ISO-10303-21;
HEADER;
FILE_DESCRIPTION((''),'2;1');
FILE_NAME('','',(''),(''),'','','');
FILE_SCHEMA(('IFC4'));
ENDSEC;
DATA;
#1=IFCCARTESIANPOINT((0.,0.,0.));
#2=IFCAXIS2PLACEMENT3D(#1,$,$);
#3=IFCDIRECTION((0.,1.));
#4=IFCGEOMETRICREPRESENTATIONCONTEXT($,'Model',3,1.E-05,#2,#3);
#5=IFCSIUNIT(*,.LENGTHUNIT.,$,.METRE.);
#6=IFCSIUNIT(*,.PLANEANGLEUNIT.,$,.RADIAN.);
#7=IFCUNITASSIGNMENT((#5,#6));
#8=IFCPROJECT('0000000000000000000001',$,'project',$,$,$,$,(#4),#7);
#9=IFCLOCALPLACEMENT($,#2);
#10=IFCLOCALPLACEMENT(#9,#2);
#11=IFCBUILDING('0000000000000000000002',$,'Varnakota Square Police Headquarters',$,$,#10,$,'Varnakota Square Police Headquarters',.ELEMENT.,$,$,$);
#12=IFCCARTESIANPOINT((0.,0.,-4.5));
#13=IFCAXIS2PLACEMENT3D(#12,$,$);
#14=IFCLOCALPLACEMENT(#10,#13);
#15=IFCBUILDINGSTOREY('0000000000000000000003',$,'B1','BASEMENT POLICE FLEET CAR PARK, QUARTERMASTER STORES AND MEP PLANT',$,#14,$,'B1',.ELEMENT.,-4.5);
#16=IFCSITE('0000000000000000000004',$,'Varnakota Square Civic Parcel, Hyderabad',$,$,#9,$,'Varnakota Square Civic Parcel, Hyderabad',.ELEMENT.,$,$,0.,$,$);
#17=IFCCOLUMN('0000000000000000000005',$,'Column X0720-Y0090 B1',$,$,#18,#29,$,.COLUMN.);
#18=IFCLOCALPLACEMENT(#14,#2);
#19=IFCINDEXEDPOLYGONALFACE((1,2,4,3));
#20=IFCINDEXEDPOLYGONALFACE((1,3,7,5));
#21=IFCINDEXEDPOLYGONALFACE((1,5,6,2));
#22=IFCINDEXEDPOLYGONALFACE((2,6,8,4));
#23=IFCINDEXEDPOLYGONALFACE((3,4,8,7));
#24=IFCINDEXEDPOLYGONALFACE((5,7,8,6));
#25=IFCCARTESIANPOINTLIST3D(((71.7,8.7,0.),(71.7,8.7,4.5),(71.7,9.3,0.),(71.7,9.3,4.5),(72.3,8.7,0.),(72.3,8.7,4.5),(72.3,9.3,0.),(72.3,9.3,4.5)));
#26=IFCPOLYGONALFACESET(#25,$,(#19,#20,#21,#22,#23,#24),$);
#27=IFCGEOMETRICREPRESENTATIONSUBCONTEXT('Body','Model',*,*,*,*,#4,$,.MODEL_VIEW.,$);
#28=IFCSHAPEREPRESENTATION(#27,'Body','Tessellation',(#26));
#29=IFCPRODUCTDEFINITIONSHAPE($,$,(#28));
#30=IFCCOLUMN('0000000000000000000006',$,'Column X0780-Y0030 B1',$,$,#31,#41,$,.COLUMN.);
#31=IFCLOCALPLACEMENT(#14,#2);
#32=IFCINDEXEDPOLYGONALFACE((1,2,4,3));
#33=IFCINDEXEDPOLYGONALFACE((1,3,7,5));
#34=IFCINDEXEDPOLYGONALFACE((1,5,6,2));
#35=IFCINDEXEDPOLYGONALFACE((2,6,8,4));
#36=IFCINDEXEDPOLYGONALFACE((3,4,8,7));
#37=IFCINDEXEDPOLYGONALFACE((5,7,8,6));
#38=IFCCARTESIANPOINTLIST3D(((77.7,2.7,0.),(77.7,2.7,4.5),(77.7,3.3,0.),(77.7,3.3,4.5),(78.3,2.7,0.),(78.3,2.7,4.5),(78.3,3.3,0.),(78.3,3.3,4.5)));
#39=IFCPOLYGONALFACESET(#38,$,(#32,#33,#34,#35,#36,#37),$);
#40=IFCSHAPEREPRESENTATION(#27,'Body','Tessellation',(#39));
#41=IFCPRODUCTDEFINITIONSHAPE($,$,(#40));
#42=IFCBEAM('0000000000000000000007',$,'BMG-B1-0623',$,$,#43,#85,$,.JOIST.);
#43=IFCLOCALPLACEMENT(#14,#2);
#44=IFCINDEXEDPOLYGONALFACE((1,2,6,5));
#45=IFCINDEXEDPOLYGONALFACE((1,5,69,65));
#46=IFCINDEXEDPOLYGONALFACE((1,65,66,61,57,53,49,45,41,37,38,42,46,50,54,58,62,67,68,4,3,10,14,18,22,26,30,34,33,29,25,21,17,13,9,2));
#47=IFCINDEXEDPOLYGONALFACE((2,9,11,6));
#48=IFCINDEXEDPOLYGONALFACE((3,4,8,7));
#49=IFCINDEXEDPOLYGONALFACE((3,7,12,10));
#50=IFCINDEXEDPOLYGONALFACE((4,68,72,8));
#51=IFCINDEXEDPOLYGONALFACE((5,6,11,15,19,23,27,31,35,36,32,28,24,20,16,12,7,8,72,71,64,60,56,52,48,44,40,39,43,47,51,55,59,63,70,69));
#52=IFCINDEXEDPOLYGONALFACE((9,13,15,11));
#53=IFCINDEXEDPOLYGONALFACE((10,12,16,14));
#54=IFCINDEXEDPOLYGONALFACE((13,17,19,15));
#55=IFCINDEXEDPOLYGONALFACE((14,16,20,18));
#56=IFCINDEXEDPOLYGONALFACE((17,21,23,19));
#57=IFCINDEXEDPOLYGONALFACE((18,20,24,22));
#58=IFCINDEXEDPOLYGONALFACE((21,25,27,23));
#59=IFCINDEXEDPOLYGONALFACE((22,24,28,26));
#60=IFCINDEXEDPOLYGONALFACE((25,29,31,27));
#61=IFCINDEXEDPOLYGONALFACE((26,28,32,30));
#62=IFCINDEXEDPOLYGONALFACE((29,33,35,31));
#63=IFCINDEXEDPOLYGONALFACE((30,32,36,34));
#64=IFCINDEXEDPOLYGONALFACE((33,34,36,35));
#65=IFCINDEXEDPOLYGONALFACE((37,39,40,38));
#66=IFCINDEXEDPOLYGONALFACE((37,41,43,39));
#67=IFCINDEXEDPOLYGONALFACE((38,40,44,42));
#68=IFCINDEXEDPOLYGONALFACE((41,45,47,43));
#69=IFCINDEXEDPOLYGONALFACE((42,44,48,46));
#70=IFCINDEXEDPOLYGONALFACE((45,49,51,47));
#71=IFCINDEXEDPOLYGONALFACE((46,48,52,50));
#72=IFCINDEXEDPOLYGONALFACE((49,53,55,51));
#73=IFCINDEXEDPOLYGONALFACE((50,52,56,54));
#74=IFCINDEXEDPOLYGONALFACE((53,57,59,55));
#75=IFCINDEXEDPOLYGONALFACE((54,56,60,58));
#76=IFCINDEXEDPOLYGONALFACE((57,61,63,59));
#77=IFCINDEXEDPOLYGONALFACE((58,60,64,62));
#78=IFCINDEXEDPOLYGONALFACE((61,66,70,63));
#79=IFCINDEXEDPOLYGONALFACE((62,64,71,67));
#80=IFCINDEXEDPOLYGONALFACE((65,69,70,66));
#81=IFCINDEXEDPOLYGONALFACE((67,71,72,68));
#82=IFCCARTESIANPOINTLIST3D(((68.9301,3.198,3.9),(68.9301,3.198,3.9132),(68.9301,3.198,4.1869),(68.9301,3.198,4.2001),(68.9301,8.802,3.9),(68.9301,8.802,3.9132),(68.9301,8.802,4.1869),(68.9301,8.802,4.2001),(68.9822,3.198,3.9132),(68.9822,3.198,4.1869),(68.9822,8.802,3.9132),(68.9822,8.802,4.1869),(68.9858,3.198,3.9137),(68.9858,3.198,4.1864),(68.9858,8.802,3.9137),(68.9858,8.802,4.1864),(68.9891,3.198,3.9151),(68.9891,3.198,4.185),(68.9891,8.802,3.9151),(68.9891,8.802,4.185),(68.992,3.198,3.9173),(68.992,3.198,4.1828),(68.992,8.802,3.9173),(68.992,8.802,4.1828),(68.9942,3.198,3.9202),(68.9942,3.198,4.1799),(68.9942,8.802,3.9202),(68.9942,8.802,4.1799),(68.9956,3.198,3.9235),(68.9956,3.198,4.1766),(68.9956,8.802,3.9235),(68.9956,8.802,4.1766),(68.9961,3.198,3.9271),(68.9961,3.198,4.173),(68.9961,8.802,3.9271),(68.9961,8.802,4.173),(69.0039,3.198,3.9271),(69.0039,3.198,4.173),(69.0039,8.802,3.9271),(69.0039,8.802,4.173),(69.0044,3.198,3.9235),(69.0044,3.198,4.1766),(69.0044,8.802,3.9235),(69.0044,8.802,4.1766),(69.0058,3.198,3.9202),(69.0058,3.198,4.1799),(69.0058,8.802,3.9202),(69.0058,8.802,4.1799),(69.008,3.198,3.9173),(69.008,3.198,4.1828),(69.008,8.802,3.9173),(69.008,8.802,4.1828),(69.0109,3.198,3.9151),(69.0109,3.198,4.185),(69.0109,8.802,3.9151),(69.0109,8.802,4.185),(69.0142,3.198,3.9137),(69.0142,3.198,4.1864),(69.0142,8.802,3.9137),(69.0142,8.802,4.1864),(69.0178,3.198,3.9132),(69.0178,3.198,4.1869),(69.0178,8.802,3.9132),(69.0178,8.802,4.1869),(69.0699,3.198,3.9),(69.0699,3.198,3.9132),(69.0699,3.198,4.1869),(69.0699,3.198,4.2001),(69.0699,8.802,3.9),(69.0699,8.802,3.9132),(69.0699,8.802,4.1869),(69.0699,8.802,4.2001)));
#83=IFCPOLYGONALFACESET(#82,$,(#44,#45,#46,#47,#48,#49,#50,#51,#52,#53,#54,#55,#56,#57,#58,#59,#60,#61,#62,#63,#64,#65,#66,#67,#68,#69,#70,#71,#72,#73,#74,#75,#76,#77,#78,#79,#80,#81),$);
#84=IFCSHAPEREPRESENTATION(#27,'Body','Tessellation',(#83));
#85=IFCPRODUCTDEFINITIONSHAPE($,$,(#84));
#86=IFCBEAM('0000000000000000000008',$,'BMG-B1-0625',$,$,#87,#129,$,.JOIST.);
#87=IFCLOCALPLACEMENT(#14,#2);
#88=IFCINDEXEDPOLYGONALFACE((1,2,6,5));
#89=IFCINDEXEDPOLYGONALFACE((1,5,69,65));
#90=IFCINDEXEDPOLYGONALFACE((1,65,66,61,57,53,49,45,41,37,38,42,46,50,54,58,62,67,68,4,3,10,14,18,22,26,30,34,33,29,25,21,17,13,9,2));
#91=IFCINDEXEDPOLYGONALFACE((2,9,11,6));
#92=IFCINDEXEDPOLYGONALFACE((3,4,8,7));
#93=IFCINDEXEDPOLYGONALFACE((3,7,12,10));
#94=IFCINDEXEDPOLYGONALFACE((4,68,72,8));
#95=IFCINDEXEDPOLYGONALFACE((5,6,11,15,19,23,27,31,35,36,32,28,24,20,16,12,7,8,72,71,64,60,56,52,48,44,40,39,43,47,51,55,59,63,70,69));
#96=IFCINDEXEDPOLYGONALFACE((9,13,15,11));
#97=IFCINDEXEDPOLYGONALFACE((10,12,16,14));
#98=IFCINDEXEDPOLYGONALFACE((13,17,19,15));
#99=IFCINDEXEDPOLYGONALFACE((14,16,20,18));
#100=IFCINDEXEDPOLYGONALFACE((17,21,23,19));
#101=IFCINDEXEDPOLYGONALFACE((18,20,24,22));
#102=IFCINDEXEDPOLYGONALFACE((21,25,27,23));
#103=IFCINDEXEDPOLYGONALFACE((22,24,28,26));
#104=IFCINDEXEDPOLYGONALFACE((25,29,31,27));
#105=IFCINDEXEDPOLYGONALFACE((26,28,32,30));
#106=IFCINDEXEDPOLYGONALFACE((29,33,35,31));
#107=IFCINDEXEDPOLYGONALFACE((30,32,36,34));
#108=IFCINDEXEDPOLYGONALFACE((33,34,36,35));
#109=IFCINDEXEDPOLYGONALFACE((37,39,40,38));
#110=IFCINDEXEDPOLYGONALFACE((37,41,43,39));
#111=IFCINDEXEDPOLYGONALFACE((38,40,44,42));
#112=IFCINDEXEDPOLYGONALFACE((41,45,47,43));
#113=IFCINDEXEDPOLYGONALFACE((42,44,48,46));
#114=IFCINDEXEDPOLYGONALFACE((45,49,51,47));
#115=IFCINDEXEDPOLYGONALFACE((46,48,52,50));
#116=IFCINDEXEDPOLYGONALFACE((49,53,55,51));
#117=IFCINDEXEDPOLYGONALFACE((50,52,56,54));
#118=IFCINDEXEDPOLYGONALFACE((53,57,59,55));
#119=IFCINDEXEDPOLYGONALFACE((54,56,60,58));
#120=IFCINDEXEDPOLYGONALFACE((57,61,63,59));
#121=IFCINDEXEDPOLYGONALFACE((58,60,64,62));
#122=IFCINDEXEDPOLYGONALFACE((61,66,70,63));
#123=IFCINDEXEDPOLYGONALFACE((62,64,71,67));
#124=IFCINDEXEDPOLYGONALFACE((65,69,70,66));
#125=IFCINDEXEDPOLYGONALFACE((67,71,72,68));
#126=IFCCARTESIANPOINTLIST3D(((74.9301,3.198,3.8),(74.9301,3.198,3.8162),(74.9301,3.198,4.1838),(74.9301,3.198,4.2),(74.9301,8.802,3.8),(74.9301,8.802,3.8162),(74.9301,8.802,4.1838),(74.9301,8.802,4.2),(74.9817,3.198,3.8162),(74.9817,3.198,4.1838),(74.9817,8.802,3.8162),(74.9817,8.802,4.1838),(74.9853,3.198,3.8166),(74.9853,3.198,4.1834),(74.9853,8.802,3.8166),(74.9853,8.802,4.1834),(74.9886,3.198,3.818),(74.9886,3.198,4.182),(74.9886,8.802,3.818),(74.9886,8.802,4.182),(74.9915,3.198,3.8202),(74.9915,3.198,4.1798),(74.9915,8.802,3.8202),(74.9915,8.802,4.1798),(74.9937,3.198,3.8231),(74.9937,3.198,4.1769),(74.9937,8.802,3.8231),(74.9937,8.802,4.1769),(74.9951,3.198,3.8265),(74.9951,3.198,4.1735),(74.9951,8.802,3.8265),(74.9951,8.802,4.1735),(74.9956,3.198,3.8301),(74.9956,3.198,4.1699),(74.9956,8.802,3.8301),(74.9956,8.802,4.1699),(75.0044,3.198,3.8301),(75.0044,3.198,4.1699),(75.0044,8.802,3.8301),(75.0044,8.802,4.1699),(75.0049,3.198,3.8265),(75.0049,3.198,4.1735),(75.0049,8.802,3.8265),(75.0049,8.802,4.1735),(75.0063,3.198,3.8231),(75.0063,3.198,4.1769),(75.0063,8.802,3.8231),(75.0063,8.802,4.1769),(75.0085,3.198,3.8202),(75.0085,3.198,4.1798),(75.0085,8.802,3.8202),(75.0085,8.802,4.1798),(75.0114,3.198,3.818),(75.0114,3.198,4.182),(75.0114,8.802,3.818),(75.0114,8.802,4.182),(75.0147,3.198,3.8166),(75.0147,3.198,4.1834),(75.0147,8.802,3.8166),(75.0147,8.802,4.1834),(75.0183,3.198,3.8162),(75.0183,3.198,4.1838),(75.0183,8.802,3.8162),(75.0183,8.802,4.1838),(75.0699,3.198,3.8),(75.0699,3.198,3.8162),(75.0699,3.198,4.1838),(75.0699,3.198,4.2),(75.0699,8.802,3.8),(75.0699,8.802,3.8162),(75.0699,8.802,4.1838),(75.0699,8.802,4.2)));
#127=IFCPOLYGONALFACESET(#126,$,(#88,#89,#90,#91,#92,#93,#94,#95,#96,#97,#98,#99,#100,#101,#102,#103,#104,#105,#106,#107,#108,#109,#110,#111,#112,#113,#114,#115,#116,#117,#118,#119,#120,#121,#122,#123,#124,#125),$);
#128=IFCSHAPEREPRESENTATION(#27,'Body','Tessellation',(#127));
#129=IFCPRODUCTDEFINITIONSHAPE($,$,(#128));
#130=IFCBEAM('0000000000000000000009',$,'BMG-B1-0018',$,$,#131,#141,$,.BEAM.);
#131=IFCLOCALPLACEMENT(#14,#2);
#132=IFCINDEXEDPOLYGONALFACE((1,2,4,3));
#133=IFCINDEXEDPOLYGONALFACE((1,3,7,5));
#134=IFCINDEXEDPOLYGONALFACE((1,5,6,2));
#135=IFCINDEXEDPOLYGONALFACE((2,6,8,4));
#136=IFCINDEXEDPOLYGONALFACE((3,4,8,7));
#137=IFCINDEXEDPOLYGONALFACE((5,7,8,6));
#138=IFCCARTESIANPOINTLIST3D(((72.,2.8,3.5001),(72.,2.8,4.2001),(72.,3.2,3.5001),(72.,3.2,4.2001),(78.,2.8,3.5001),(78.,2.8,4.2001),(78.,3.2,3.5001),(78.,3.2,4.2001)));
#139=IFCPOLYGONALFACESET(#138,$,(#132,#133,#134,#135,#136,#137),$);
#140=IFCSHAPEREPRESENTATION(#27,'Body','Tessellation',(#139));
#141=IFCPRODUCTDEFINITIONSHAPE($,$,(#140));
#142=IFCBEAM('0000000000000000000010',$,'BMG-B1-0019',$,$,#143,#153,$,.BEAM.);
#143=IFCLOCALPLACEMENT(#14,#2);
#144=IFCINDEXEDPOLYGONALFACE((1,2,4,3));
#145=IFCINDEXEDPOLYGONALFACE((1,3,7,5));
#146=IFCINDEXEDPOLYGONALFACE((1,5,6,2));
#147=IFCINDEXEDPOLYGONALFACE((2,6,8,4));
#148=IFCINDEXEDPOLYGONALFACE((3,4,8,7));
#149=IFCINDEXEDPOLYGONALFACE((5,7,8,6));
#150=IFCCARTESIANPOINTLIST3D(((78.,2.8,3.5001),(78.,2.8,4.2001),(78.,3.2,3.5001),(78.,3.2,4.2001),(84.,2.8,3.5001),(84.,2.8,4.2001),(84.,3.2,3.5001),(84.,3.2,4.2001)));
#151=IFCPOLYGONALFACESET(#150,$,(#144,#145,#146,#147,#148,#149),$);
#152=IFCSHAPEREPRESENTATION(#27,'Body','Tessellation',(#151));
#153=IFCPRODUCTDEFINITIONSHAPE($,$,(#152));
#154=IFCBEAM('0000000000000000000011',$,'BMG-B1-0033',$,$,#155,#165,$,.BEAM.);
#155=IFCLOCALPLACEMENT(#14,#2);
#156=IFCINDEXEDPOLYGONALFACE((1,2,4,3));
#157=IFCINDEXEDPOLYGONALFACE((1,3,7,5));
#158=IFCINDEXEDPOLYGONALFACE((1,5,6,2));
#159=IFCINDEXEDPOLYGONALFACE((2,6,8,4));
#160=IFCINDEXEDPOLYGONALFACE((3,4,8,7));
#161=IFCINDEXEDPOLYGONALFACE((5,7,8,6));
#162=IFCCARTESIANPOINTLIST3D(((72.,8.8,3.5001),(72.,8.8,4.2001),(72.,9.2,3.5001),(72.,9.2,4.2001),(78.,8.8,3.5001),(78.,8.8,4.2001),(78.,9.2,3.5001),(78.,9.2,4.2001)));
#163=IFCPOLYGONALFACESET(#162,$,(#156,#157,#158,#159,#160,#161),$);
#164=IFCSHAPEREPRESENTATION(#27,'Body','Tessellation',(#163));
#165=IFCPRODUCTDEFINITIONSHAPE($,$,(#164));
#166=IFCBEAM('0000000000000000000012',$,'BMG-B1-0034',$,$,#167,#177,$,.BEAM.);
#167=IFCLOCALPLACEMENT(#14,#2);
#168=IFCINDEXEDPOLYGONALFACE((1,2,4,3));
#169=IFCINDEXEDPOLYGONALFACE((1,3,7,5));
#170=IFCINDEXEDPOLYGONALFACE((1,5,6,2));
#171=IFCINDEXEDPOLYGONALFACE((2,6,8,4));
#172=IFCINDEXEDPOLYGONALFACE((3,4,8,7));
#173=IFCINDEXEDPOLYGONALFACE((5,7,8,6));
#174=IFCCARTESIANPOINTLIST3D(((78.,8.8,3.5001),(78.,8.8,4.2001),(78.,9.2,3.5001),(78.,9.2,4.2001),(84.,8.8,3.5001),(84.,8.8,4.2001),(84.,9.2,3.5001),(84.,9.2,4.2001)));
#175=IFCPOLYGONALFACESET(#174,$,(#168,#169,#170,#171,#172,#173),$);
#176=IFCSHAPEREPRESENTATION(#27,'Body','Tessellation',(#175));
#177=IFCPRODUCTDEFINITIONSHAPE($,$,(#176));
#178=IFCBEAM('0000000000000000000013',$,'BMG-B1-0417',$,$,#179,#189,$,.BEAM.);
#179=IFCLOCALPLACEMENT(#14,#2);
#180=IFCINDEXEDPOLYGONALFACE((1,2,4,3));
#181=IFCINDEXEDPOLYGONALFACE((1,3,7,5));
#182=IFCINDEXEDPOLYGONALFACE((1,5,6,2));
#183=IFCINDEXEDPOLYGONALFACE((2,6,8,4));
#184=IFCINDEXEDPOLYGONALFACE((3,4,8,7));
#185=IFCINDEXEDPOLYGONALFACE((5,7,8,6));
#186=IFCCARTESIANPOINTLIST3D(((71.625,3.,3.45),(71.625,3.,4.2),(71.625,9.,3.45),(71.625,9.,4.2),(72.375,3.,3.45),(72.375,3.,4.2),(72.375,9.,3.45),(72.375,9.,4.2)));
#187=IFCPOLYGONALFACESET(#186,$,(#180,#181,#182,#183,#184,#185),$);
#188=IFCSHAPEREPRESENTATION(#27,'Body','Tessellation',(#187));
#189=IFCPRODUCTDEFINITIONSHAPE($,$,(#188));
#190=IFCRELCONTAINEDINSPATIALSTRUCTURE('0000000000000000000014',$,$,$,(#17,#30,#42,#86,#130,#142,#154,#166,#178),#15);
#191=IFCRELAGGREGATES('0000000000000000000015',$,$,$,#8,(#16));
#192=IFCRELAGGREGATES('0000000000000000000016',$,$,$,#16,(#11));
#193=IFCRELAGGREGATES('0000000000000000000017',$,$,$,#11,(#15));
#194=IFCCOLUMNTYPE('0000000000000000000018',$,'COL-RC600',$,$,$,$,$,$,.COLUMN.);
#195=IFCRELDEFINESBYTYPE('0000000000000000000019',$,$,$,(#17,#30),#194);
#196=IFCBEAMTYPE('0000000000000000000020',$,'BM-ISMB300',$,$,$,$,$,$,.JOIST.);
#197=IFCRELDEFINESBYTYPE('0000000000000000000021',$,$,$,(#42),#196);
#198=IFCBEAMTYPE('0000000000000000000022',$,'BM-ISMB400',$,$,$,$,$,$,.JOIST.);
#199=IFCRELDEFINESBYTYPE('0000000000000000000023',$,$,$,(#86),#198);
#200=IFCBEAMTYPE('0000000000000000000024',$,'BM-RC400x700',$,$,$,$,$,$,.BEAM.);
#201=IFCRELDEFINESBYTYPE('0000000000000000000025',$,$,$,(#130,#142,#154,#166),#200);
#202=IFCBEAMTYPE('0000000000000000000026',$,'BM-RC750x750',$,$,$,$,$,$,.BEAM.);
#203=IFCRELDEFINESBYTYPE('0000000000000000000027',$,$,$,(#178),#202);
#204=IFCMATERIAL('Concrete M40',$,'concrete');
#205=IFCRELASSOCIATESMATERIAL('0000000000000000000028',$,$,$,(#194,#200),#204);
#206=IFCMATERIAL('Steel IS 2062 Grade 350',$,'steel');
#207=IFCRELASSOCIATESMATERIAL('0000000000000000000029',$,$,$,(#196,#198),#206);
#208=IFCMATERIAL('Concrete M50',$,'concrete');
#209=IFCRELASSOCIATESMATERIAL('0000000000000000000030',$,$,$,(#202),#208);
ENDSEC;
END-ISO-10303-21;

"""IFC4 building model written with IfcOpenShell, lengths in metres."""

from ifc_helpers import new_model, si_unit, direction, frame, origin, origin_2d, place, context, subcontext, project, spatial, rectangle, i_section, extrude, material, material_profile, profile_set, type_object, element, save


model = new_model("IFC4")

# Units and contexts
model_context = context("Model", 3, precision=1e-05, world=origin(), true_north=direction((0.0, 1.0)))
body_context = subcontext(model_context, "Body", "Model", "MODEL_VIEW")
ifc_project = project(units=[si_unit("LENGTHUNIT", "METRE"), si_unit("PLANEANGLEUNIT", "RADIAN")], contexts=[model_context])

# Site, building, storey
site_placement = place(None, origin())
site = spatial("IfcSite", under=ifc_project, at=site_placement, Name="Varnakota Square Civic Parcel, Hyderabad", LongName="Varnakota Square Civic Parcel, Hyderabad", CompositionType="ELEMENT", RefElevation=0.0)
building_placement = place(site_placement, origin())
building = spatial("IfcBuilding", under=site, at=building_placement, Name="Varnakota Square Police Headquarters", LongName="Varnakota Square Police Headquarters", CompositionType="ELEMENT")
storey_placement = place(building_placement, frame((0.0, 0.0, -4.5)))
storey = spatial("IfcBuildingStorey", under=building, at=storey_placement, Name="B1", Description="BASEMENT POLICE FLEET CAR PARK, QUARTERMASTER STORES AND MEP PLANT", LongName="B1", CompositionType="ELEMENT", Elevation=-4.5)

# Shared definitions
ifc_material_1 = material(Name="Concrete M40", Category="concrete")

# Columns
ifc_material_profile_1 = material_profile(ifc_material_1, rectangle(XDim=0.6001, YDim=0.6001, at=origin_2d()), Name="RC 600x600")
ifc_profile_set_1 = profile_set([ifc_material_profile_1], Name="Concrete M40")
column_type_1 = type_object("IfcColumnType", Name="COL-RC600", PredefinedType="COLUMN", material=ifc_profile_set_1)
for number, where, z_axis, x_axis, name in (
    (1, (72.0, 9.0, 0.0), (0.0, 0.0, 1.0), (1.0, 0.0, 0.0), "Column X0720-Y0090 B1"),
    (2, (78.0, 3.0, 0.0), (0.0, 0.0, 1.0), (1.0, 0.0, 0.0), "Column X0780-Y0030 B1"),
):
    element("IfcColumn", number, at=place(storey_placement, frame(where, z_axis=z_axis, x_axis=x_axis)), inside=storey, type_object=column_type_1, Name=name, PredefinedType="COLUMN", context=body_context, shape_type="SweptSolid", body=[
        extrude(rectangle(XDim=0.6001, YDim=0.6001, at=origin_2d()), origin(), (0.0, 0.0, 1.0), 4.5),
    ])

# Beams
ifc_material_2 = material(Name="Steel IS 2062 Grade 350", Category="steel")
ifc_material_profile_2 = material_profile(ifc_material_2, i_section(OverallWidth=0.1399, OverallDepth=0.3, WebThickness=0.0078, FlangeThickness=0.0132, FilletRadius=0.0139, at=origin_2d()), Name="ISMB 300")
ifc_profile_set_2 = profile_set([ifc_material_profile_2], Name="Steel IS 2062 Grade 350")
beam_type_1 = type_object("IfcBeamType", Name="BM-ISMB300", PredefinedType="JOIST", material=ifc_profile_set_2)
beam_1_placement = place(storey_placement, frame((69.0, 3.198, 4.05), z_axis=(0.0, 1.0, 0.0), x_axis=(-1.0, 0.0, 0.0)))
element("IfcBeam", 3, at=beam_1_placement, inside=storey, type_object=beam_type_1, Name="BMG-B1-0623", PredefinedType="JOIST", context=body_context, shape_type="SweptSolid", body=[
    extrude(i_section(OverallWidth=0.1399, OverallDepth=0.3, WebThickness=0.0078, FlangeThickness=0.0132, FilletRadius=0.0139, at=origin_2d()), origin(), (0.0, 0.0, 1.0), 5.604),
])
ifc_material_profile_3 = material_profile(ifc_material_2, i_section(OverallWidth=0.1399, OverallDepth=0.3999, WebThickness=0.0088, FlangeThickness=0.0161, FilletRadius=0.0139, at=origin_2d()), Name="ISMB 400")
ifc_profile_set_3 = profile_set([ifc_material_profile_3], Name="Steel IS 2062 Grade 350")
beam_type_2 = type_object("IfcBeamType", Name="BM-ISMB400", PredefinedType="JOIST", material=ifc_profile_set_3)
beam_2_placement = place(storey_placement, frame((75.0, 3.198, 4.0), z_axis=(0.0, 1.0, 0.0), x_axis=(-1.0, 0.0, 0.0)))
element("IfcBeam", 4, at=beam_2_placement, inside=storey, type_object=beam_type_2, Name="BMG-B1-0625", PredefinedType="JOIST", context=body_context, shape_type="SweptSolid", body=[
    extrude(i_section(OverallWidth=0.1399, OverallDepth=0.3999, WebThickness=0.0088, FlangeThickness=0.0161, FilletRadius=0.0139, at=origin_2d()), origin(), (0.0, 0.0, 1.0), 5.604),
])
ifc_material_profile_4 = material_profile(ifc_material_1, rectangle(XDim=0.3999, YDim=0.7, at=origin_2d()), Name="RC 400x700")
ifc_profile_set_4 = profile_set([ifc_material_profile_4], Name="Concrete M40")
beam_type_3 = type_object("IfcBeamType", Name="BM-RC400x700", PredefinedType="BEAM", material=ifc_profile_set_4)
for number, where, z_axis, x_axis, name in (
    (5, (72.0, 3.0, 3.8501), (1.0, 0.0, 0.0), (0.0, 1.0, 0.0), "BMG-B1-0018"),
    (6, (78.0, 3.0, 3.8501), (1.0, 0.0, 0.0), (0.0, 1.0, 0.0), "BMG-B1-0019"),
    (7, (72.0, 9.0, 3.8501), (1.0, 0.0, 0.0), (0.0, 1.0, 0.0), "BMG-B1-0033"),
    (8, (78.0, 9.0, 3.8501), (1.0, 0.0, 0.0), (0.0, 1.0, 0.0), "BMG-B1-0034"),
):
    element("IfcBeam", number, at=place(storey_placement, frame(where, z_axis=z_axis, x_axis=x_axis)), inside=storey, type_object=beam_type_3, Name=name, PredefinedType="BEAM", context=body_context, shape_type="SweptSolid", body=[
        extrude(rectangle(XDim=0.3999, YDim=0.7, at=origin_2d()), origin(), (0.0, 0.0, 1.0), 6.0),
    ])
ifc_material_3 = material(Name="Concrete M50", Category="concrete")
ifc_material_profile_5 = material_profile(ifc_material_3, rectangle(XDim=0.75, YDim=0.75, at=origin_2d()), Name="RC 750x750")
ifc_profile_set_5 = profile_set([ifc_material_profile_5], Name="Concrete M50")
beam_type_4 = type_object("IfcBeamType", Name="BM-RC750x750", PredefinedType="BEAM", material=ifc_profile_set_5)
beam_3_placement = place(storey_placement, frame((72.0, 3.0, 3.825), z_axis=(0.0, 1.0, 0.0), x_axis=(-1.0, 0.0, 0.0)))
element("IfcBeam", 9, at=beam_3_placement, inside=storey, type_object=beam_type_4, Name="BMG-B1-0417", PredefinedType="BEAM", context=body_context, shape_type="SweptSolid", body=[
    extrude(rectangle(XDim=0.75, YDim=0.75, at=origin_2d()), origin(), (0.0, 0.0, 1.0), 6.0),
])

save(model, "model.ifc")
